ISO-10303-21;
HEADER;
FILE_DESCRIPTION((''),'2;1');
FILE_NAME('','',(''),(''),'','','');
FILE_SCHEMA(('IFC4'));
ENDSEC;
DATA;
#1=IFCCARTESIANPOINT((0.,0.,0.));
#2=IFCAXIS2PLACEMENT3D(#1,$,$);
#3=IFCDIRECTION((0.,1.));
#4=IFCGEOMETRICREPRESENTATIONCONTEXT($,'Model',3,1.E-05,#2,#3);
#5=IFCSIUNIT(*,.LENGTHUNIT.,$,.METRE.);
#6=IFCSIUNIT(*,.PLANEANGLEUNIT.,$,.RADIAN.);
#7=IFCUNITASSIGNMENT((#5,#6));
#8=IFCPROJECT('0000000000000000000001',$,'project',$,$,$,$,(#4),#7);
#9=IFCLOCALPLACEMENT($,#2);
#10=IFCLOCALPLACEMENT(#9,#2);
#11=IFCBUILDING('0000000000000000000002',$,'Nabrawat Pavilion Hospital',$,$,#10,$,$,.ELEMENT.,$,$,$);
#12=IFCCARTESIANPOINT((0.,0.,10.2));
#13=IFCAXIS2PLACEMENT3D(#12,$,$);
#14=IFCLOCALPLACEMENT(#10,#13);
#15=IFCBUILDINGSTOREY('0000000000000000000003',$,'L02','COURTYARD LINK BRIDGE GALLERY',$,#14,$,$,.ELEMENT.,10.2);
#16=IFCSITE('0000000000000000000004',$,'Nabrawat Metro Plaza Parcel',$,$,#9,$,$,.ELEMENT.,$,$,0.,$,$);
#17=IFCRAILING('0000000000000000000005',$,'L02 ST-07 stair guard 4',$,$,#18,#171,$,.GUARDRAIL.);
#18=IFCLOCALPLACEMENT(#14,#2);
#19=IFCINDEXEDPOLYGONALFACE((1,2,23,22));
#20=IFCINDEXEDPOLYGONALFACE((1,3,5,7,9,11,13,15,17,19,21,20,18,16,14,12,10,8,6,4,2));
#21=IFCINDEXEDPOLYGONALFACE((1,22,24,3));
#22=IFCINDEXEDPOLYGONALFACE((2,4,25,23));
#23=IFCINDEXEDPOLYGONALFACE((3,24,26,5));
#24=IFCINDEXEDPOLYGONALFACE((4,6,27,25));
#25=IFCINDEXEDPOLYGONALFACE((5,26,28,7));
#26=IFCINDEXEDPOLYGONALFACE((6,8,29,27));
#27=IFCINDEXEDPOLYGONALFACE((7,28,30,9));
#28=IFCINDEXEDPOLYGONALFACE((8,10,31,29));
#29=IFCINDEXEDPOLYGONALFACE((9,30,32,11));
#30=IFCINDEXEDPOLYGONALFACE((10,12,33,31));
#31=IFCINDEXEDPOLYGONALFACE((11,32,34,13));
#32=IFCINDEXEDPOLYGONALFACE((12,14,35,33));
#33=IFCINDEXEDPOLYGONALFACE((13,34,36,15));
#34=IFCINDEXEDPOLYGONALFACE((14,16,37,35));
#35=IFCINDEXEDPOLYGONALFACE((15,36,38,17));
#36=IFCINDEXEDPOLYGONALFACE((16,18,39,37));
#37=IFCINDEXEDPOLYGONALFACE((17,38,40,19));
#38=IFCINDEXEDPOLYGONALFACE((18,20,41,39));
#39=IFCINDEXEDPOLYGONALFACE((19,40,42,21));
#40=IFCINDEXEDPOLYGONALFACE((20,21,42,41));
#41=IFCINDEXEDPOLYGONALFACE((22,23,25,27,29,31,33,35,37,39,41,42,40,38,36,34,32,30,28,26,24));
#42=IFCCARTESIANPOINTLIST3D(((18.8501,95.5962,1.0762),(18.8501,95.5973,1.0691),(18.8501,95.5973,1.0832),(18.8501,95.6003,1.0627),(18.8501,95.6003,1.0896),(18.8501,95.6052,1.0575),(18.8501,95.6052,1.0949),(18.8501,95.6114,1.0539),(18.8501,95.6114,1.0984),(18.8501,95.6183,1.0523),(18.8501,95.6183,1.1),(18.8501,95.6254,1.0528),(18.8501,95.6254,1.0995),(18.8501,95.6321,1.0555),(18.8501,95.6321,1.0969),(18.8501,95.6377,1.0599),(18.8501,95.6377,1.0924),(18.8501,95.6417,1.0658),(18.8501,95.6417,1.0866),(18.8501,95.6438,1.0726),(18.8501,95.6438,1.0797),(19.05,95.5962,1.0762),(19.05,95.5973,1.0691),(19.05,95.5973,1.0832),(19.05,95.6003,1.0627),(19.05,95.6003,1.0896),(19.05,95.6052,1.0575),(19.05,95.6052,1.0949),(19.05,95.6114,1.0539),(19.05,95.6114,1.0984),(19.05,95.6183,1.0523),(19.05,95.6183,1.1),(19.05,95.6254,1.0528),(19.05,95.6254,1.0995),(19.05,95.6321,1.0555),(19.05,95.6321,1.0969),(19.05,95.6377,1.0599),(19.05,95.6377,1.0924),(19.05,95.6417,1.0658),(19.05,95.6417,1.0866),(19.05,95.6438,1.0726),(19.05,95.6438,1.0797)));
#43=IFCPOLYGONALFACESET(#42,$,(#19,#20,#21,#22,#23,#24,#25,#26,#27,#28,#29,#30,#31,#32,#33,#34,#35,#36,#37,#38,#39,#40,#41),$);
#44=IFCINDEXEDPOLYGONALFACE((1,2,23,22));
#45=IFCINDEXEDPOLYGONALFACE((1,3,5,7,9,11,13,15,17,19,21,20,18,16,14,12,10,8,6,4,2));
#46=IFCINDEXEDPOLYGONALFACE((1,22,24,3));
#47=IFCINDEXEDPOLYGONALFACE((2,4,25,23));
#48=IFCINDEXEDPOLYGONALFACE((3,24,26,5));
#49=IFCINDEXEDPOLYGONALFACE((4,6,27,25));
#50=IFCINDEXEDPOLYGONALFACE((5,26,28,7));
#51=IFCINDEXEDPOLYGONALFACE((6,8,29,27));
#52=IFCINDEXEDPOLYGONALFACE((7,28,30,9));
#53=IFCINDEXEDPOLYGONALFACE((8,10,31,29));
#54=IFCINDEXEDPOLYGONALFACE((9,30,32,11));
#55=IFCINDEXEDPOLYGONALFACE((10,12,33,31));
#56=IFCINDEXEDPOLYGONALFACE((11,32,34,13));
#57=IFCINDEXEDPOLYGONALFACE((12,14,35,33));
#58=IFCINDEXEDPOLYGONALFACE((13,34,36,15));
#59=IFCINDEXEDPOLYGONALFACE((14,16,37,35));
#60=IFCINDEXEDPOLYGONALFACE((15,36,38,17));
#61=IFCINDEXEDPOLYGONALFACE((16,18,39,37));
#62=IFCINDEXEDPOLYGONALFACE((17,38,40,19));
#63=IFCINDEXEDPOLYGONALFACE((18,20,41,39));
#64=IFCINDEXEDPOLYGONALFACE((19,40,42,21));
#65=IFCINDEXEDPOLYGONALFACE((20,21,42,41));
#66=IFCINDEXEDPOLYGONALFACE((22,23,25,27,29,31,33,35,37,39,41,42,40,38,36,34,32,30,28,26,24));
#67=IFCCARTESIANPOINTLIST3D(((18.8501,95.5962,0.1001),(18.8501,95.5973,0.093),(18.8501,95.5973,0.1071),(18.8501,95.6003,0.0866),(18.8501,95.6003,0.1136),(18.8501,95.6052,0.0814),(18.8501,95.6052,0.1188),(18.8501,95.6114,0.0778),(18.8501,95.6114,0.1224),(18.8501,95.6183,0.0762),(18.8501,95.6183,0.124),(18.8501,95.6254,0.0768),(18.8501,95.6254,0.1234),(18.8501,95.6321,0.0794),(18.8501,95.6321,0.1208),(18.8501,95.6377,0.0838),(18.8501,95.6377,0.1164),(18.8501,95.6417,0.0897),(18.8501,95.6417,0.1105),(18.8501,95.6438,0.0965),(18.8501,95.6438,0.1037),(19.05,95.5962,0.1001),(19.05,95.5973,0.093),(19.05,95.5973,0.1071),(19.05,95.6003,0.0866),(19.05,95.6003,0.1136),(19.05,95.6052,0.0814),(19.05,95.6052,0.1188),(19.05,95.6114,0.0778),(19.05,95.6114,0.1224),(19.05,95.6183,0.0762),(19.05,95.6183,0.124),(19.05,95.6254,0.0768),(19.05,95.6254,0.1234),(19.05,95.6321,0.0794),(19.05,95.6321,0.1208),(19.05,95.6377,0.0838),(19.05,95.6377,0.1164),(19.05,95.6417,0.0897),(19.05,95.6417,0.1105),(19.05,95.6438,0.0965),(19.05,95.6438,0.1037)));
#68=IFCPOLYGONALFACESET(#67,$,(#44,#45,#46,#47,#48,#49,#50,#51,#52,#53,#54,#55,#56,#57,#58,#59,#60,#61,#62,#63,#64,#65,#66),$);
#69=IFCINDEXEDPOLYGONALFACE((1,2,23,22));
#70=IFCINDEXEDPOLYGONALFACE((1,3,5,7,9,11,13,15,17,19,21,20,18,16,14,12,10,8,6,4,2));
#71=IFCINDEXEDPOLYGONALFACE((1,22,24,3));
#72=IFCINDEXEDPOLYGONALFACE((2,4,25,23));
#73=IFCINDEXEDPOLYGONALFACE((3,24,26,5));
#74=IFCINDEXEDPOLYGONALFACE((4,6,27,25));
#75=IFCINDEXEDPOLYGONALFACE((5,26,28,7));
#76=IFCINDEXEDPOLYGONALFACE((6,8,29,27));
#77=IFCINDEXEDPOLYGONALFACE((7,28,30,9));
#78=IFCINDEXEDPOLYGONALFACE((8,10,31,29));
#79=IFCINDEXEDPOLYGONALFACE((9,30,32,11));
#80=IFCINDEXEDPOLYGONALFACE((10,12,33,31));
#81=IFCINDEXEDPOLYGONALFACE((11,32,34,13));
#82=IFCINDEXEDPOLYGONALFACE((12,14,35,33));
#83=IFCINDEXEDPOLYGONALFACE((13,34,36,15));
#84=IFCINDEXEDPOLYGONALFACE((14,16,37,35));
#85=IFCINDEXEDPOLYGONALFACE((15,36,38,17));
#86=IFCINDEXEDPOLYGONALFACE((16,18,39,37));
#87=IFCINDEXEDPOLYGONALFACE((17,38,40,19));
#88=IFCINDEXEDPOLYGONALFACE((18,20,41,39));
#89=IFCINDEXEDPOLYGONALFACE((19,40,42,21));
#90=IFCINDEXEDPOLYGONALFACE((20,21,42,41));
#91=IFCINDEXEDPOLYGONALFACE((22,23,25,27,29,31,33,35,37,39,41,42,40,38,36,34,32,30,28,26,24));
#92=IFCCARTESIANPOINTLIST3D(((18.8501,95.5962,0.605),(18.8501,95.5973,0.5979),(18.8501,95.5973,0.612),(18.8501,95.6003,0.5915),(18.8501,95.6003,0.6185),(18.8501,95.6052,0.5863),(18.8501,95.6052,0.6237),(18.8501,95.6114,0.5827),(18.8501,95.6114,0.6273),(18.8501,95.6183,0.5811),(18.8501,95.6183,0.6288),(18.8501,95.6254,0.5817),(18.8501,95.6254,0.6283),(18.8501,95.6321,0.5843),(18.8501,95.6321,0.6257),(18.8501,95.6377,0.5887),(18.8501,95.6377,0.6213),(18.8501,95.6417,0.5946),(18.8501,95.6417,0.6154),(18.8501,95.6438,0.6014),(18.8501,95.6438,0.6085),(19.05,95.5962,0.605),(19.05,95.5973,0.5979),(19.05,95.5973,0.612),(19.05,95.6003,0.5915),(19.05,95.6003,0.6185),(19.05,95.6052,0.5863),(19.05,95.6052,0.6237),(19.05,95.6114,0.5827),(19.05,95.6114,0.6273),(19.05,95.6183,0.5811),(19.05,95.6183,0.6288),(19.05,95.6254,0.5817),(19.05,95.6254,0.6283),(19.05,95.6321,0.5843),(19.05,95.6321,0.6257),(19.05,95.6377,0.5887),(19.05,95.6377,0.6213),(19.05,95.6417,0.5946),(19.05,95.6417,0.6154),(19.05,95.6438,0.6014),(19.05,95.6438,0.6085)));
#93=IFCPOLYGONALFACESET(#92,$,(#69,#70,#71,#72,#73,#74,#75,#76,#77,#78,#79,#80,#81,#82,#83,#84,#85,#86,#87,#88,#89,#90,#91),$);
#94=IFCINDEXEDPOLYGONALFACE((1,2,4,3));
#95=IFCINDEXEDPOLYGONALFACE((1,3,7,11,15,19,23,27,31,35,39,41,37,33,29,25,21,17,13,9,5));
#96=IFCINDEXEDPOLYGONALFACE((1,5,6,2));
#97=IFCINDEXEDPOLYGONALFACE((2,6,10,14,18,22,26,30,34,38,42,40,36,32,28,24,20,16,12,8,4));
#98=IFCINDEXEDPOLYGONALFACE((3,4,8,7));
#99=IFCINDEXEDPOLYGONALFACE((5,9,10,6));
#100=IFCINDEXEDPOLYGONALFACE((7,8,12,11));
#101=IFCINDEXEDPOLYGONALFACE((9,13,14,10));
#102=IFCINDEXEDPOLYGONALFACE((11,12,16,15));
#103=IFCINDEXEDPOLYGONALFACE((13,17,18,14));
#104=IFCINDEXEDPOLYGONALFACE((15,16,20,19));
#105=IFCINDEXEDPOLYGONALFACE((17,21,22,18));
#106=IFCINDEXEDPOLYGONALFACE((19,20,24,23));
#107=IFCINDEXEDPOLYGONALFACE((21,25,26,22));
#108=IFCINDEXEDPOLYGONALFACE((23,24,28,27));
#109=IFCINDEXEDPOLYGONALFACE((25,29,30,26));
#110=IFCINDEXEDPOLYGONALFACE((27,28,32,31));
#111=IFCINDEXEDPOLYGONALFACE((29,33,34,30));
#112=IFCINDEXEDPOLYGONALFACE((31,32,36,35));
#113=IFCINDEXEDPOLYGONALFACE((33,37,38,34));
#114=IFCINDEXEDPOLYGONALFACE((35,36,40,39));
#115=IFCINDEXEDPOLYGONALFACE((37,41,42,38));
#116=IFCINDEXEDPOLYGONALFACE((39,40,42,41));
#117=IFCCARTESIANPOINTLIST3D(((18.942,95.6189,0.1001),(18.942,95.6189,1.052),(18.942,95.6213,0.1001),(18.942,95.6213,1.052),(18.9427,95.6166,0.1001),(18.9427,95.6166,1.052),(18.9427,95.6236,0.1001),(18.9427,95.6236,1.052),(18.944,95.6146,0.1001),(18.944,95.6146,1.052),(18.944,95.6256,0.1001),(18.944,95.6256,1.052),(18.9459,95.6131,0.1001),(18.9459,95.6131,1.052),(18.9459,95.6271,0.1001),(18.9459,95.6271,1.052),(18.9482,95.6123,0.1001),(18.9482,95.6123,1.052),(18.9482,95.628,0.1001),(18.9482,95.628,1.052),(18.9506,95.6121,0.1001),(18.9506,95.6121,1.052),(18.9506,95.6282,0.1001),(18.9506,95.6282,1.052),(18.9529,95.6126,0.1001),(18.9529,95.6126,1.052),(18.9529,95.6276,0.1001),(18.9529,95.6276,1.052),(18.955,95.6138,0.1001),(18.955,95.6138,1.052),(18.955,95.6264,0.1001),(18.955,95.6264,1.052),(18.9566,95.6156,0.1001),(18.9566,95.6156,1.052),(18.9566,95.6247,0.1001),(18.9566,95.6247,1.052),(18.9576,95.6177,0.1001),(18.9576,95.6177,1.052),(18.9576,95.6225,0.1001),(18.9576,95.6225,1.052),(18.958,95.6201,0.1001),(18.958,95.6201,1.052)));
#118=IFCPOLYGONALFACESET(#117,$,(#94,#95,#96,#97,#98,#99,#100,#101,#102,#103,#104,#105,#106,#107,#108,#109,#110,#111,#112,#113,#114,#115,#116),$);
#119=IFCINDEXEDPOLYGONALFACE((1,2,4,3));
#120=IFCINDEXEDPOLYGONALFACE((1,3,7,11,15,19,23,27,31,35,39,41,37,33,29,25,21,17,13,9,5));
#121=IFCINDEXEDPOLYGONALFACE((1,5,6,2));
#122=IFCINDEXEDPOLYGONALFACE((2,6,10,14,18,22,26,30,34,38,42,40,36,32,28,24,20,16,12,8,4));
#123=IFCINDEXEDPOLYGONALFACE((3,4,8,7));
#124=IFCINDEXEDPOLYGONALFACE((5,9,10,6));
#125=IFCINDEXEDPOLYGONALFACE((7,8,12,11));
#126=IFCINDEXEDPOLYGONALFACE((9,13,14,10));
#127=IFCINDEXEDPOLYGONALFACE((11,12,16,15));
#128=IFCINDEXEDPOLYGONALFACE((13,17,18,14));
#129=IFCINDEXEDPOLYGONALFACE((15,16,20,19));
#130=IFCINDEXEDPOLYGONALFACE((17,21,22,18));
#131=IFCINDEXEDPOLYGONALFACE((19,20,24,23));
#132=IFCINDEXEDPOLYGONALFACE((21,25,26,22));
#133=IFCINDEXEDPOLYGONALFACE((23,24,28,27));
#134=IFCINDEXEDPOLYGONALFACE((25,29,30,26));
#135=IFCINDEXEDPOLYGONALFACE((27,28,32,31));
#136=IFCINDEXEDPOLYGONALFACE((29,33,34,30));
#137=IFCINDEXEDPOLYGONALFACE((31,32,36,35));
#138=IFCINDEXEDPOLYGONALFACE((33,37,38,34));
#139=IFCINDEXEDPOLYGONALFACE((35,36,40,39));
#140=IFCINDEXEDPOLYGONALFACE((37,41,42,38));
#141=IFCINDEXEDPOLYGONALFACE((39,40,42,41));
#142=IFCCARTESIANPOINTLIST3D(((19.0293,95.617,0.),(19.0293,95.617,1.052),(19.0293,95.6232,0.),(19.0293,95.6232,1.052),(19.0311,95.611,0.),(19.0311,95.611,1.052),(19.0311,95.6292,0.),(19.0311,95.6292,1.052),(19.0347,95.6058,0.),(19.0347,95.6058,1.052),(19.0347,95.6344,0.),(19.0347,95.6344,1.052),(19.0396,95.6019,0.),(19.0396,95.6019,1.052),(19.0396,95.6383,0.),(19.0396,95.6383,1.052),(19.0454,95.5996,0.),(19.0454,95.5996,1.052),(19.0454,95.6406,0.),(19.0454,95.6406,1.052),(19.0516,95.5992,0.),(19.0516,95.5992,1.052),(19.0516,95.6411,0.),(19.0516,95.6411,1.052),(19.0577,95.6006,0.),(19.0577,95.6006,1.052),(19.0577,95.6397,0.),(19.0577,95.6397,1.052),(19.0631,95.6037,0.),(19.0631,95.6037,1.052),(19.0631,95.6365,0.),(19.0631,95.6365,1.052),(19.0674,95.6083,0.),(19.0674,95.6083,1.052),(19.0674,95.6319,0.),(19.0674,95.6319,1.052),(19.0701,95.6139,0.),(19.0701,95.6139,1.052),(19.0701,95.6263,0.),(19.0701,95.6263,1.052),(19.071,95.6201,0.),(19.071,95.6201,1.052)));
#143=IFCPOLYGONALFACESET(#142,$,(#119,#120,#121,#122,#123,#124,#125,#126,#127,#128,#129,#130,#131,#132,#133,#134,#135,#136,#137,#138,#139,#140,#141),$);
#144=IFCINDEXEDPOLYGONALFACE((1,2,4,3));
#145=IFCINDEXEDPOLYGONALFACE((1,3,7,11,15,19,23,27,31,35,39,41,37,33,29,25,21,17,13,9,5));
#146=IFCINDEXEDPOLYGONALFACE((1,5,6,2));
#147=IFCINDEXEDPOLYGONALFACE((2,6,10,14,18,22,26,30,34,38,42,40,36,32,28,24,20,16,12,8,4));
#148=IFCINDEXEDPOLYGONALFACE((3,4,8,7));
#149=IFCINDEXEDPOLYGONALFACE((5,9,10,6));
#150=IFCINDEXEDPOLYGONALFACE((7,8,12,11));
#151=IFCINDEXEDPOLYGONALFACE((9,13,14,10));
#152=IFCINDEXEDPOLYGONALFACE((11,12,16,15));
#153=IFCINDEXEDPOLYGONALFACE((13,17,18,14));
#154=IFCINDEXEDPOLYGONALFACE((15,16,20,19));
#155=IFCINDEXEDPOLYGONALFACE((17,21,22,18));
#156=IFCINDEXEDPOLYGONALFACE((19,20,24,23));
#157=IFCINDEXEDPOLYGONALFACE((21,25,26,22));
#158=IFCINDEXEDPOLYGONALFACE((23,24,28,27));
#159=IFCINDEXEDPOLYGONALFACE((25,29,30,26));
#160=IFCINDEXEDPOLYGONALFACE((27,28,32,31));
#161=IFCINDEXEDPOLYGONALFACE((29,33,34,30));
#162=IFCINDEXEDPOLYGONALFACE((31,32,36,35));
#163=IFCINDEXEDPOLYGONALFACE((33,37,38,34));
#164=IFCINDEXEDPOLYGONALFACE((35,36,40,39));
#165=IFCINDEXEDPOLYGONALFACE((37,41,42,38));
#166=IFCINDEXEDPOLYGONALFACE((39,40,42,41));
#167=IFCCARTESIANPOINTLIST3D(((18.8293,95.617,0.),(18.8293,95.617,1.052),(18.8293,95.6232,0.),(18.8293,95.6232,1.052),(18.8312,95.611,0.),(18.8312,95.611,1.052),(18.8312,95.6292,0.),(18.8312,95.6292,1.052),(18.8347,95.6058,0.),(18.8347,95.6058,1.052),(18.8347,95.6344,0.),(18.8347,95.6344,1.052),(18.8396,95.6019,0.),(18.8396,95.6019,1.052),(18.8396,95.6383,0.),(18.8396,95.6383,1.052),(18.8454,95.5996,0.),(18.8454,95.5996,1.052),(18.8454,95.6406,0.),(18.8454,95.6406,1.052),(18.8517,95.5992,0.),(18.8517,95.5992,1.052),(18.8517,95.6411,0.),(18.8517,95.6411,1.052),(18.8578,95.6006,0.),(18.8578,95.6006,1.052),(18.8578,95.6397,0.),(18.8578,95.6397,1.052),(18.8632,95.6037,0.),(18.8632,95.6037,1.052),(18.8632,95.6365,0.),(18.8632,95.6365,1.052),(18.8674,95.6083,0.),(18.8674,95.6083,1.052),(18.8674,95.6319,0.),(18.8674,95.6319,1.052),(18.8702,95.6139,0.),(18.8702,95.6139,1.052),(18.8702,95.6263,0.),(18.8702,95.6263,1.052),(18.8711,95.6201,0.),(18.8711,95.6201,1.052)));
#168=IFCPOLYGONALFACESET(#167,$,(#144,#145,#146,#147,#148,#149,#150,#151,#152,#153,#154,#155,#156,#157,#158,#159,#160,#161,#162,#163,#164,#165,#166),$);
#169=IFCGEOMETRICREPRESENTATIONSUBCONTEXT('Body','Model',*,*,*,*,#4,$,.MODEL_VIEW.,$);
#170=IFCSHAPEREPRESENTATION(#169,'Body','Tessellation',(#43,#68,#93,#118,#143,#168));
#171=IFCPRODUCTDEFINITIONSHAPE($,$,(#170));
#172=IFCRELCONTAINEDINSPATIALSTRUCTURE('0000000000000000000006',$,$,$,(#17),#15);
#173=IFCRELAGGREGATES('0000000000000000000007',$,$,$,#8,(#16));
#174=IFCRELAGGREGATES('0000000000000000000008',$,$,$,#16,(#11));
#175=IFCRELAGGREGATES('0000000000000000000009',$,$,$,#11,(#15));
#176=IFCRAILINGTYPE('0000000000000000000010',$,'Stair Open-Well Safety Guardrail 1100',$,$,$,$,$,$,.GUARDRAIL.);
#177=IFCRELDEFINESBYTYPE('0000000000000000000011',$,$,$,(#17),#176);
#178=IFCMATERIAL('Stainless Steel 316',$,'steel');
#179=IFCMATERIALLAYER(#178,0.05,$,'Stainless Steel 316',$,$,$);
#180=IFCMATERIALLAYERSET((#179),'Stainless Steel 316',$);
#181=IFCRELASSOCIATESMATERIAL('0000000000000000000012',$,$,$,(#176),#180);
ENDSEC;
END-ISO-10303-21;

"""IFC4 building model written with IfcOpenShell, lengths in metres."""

from ifc_helpers import new_model, si_unit, direction, frame, origin, origin_2d, place, context, subcontext, project, spatial, circle, extrude, material, layer, layer_set, type_object, element, save


model = new_model("IFC4")

# Units and contexts
model_context = context("Model", 3, precision=1e-05, world=origin(), true_north=direction((0.0, 1.0)))
body_context = subcontext(model_context, "Body", "Model", "MODEL_VIEW")
ifc_project = project(units=[si_unit("LENGTHUNIT", "METRE"), si_unit("PLANEANGLEUNIT", "RADIAN")], contexts=[model_context])

# Site, building, storey
site_placement = place(None, origin())
site = spatial("IfcSite", under=ifc_project, at=site_placement, Name="Nabrawat Metro Plaza Parcel", CompositionType="ELEMENT", RefElevation=0.0)
building_placement = place(site_placement, origin())
building = spatial("IfcBuilding", under=site, at=building_placement, Name="Nabrawat Pavilion Hospital", CompositionType="ELEMENT")
storey_placement = place(building_placement, frame((0.0, 0.0, 10.2)))
storey = spatial("IfcBuildingStorey", under=building, at=storey_placement, Name="L02", Description="COURTYARD LINK BRIDGE GALLERY", CompositionType="ELEMENT", Elevation=10.2)

# Railing
ifc_material_1 = material(Name="Stainless Steel 316", Category="steel")
ifc_layer_1 = layer(ifc_material_1, 0.05, Name="Stainless Steel 316")
ifc_layer_set_1 = layer_set([ifc_layer_1], Name="Stainless Steel 316")
railing_type_1 = type_object("IfcRailingType", Name="Stair Open-Well Safety Guardrail 1100", PredefinedType="GUARDRAIL", material=ifc_layer_set_1)
railing_1_placement = place(storey_placement, frame((19.05, 95.6201, 0.0)))
element("IfcRailing", 1, at=railing_1_placement, inside=storey, type_object=railing_type_1, Name="L02 ST-07 stair guard 4", PredefinedType="GUARDRAIL", context=body_context, shape_type="SweptSolid", body=[
    extrude(circle(Radius=0.0239, at=origin_2d()), frame((0.0, 0.0, 1.0762), z_axis=(-1.0, 0.0, 0.0), x_axis=(0.0, -1.0, 0.0)), (0.0, 0.0, 1.0), 0.2),
    extrude(circle(Radius=0.0239, at=origin_2d()), frame((0.0, 0.0, 0.1001), z_axis=(-1.0, 0.0, 0.0), x_axis=(0.0, -1.0, 0.0)), (0.0, 0.0, 1.0), 0.2),
    extrude(circle(Radius=0.0239, at=origin_2d()), frame((0.0, 0.0, 0.605), z_axis=(-1.0, 0.0, 0.0), x_axis=(0.0, -1.0, 0.0)), (0.0, 0.0, 1.0), 0.2),
    extrude(circle(Radius=0.0081, at=origin_2d()), frame((-0.1001, 0.0, 0.1001)), (0.0, 0.0, 1.0), 0.9519),
    extrude(circle(Radius=0.021, at=origin_2d()), origin(), (0.0, 0.0, 1.0), 1.052),
    extrude(circle(Radius=0.021, at=origin_2d()), frame((-0.2, 0.0, 0.0)), (0.0, 0.0, 1.0), 1.052),
])

save(model, "model.ifc")
